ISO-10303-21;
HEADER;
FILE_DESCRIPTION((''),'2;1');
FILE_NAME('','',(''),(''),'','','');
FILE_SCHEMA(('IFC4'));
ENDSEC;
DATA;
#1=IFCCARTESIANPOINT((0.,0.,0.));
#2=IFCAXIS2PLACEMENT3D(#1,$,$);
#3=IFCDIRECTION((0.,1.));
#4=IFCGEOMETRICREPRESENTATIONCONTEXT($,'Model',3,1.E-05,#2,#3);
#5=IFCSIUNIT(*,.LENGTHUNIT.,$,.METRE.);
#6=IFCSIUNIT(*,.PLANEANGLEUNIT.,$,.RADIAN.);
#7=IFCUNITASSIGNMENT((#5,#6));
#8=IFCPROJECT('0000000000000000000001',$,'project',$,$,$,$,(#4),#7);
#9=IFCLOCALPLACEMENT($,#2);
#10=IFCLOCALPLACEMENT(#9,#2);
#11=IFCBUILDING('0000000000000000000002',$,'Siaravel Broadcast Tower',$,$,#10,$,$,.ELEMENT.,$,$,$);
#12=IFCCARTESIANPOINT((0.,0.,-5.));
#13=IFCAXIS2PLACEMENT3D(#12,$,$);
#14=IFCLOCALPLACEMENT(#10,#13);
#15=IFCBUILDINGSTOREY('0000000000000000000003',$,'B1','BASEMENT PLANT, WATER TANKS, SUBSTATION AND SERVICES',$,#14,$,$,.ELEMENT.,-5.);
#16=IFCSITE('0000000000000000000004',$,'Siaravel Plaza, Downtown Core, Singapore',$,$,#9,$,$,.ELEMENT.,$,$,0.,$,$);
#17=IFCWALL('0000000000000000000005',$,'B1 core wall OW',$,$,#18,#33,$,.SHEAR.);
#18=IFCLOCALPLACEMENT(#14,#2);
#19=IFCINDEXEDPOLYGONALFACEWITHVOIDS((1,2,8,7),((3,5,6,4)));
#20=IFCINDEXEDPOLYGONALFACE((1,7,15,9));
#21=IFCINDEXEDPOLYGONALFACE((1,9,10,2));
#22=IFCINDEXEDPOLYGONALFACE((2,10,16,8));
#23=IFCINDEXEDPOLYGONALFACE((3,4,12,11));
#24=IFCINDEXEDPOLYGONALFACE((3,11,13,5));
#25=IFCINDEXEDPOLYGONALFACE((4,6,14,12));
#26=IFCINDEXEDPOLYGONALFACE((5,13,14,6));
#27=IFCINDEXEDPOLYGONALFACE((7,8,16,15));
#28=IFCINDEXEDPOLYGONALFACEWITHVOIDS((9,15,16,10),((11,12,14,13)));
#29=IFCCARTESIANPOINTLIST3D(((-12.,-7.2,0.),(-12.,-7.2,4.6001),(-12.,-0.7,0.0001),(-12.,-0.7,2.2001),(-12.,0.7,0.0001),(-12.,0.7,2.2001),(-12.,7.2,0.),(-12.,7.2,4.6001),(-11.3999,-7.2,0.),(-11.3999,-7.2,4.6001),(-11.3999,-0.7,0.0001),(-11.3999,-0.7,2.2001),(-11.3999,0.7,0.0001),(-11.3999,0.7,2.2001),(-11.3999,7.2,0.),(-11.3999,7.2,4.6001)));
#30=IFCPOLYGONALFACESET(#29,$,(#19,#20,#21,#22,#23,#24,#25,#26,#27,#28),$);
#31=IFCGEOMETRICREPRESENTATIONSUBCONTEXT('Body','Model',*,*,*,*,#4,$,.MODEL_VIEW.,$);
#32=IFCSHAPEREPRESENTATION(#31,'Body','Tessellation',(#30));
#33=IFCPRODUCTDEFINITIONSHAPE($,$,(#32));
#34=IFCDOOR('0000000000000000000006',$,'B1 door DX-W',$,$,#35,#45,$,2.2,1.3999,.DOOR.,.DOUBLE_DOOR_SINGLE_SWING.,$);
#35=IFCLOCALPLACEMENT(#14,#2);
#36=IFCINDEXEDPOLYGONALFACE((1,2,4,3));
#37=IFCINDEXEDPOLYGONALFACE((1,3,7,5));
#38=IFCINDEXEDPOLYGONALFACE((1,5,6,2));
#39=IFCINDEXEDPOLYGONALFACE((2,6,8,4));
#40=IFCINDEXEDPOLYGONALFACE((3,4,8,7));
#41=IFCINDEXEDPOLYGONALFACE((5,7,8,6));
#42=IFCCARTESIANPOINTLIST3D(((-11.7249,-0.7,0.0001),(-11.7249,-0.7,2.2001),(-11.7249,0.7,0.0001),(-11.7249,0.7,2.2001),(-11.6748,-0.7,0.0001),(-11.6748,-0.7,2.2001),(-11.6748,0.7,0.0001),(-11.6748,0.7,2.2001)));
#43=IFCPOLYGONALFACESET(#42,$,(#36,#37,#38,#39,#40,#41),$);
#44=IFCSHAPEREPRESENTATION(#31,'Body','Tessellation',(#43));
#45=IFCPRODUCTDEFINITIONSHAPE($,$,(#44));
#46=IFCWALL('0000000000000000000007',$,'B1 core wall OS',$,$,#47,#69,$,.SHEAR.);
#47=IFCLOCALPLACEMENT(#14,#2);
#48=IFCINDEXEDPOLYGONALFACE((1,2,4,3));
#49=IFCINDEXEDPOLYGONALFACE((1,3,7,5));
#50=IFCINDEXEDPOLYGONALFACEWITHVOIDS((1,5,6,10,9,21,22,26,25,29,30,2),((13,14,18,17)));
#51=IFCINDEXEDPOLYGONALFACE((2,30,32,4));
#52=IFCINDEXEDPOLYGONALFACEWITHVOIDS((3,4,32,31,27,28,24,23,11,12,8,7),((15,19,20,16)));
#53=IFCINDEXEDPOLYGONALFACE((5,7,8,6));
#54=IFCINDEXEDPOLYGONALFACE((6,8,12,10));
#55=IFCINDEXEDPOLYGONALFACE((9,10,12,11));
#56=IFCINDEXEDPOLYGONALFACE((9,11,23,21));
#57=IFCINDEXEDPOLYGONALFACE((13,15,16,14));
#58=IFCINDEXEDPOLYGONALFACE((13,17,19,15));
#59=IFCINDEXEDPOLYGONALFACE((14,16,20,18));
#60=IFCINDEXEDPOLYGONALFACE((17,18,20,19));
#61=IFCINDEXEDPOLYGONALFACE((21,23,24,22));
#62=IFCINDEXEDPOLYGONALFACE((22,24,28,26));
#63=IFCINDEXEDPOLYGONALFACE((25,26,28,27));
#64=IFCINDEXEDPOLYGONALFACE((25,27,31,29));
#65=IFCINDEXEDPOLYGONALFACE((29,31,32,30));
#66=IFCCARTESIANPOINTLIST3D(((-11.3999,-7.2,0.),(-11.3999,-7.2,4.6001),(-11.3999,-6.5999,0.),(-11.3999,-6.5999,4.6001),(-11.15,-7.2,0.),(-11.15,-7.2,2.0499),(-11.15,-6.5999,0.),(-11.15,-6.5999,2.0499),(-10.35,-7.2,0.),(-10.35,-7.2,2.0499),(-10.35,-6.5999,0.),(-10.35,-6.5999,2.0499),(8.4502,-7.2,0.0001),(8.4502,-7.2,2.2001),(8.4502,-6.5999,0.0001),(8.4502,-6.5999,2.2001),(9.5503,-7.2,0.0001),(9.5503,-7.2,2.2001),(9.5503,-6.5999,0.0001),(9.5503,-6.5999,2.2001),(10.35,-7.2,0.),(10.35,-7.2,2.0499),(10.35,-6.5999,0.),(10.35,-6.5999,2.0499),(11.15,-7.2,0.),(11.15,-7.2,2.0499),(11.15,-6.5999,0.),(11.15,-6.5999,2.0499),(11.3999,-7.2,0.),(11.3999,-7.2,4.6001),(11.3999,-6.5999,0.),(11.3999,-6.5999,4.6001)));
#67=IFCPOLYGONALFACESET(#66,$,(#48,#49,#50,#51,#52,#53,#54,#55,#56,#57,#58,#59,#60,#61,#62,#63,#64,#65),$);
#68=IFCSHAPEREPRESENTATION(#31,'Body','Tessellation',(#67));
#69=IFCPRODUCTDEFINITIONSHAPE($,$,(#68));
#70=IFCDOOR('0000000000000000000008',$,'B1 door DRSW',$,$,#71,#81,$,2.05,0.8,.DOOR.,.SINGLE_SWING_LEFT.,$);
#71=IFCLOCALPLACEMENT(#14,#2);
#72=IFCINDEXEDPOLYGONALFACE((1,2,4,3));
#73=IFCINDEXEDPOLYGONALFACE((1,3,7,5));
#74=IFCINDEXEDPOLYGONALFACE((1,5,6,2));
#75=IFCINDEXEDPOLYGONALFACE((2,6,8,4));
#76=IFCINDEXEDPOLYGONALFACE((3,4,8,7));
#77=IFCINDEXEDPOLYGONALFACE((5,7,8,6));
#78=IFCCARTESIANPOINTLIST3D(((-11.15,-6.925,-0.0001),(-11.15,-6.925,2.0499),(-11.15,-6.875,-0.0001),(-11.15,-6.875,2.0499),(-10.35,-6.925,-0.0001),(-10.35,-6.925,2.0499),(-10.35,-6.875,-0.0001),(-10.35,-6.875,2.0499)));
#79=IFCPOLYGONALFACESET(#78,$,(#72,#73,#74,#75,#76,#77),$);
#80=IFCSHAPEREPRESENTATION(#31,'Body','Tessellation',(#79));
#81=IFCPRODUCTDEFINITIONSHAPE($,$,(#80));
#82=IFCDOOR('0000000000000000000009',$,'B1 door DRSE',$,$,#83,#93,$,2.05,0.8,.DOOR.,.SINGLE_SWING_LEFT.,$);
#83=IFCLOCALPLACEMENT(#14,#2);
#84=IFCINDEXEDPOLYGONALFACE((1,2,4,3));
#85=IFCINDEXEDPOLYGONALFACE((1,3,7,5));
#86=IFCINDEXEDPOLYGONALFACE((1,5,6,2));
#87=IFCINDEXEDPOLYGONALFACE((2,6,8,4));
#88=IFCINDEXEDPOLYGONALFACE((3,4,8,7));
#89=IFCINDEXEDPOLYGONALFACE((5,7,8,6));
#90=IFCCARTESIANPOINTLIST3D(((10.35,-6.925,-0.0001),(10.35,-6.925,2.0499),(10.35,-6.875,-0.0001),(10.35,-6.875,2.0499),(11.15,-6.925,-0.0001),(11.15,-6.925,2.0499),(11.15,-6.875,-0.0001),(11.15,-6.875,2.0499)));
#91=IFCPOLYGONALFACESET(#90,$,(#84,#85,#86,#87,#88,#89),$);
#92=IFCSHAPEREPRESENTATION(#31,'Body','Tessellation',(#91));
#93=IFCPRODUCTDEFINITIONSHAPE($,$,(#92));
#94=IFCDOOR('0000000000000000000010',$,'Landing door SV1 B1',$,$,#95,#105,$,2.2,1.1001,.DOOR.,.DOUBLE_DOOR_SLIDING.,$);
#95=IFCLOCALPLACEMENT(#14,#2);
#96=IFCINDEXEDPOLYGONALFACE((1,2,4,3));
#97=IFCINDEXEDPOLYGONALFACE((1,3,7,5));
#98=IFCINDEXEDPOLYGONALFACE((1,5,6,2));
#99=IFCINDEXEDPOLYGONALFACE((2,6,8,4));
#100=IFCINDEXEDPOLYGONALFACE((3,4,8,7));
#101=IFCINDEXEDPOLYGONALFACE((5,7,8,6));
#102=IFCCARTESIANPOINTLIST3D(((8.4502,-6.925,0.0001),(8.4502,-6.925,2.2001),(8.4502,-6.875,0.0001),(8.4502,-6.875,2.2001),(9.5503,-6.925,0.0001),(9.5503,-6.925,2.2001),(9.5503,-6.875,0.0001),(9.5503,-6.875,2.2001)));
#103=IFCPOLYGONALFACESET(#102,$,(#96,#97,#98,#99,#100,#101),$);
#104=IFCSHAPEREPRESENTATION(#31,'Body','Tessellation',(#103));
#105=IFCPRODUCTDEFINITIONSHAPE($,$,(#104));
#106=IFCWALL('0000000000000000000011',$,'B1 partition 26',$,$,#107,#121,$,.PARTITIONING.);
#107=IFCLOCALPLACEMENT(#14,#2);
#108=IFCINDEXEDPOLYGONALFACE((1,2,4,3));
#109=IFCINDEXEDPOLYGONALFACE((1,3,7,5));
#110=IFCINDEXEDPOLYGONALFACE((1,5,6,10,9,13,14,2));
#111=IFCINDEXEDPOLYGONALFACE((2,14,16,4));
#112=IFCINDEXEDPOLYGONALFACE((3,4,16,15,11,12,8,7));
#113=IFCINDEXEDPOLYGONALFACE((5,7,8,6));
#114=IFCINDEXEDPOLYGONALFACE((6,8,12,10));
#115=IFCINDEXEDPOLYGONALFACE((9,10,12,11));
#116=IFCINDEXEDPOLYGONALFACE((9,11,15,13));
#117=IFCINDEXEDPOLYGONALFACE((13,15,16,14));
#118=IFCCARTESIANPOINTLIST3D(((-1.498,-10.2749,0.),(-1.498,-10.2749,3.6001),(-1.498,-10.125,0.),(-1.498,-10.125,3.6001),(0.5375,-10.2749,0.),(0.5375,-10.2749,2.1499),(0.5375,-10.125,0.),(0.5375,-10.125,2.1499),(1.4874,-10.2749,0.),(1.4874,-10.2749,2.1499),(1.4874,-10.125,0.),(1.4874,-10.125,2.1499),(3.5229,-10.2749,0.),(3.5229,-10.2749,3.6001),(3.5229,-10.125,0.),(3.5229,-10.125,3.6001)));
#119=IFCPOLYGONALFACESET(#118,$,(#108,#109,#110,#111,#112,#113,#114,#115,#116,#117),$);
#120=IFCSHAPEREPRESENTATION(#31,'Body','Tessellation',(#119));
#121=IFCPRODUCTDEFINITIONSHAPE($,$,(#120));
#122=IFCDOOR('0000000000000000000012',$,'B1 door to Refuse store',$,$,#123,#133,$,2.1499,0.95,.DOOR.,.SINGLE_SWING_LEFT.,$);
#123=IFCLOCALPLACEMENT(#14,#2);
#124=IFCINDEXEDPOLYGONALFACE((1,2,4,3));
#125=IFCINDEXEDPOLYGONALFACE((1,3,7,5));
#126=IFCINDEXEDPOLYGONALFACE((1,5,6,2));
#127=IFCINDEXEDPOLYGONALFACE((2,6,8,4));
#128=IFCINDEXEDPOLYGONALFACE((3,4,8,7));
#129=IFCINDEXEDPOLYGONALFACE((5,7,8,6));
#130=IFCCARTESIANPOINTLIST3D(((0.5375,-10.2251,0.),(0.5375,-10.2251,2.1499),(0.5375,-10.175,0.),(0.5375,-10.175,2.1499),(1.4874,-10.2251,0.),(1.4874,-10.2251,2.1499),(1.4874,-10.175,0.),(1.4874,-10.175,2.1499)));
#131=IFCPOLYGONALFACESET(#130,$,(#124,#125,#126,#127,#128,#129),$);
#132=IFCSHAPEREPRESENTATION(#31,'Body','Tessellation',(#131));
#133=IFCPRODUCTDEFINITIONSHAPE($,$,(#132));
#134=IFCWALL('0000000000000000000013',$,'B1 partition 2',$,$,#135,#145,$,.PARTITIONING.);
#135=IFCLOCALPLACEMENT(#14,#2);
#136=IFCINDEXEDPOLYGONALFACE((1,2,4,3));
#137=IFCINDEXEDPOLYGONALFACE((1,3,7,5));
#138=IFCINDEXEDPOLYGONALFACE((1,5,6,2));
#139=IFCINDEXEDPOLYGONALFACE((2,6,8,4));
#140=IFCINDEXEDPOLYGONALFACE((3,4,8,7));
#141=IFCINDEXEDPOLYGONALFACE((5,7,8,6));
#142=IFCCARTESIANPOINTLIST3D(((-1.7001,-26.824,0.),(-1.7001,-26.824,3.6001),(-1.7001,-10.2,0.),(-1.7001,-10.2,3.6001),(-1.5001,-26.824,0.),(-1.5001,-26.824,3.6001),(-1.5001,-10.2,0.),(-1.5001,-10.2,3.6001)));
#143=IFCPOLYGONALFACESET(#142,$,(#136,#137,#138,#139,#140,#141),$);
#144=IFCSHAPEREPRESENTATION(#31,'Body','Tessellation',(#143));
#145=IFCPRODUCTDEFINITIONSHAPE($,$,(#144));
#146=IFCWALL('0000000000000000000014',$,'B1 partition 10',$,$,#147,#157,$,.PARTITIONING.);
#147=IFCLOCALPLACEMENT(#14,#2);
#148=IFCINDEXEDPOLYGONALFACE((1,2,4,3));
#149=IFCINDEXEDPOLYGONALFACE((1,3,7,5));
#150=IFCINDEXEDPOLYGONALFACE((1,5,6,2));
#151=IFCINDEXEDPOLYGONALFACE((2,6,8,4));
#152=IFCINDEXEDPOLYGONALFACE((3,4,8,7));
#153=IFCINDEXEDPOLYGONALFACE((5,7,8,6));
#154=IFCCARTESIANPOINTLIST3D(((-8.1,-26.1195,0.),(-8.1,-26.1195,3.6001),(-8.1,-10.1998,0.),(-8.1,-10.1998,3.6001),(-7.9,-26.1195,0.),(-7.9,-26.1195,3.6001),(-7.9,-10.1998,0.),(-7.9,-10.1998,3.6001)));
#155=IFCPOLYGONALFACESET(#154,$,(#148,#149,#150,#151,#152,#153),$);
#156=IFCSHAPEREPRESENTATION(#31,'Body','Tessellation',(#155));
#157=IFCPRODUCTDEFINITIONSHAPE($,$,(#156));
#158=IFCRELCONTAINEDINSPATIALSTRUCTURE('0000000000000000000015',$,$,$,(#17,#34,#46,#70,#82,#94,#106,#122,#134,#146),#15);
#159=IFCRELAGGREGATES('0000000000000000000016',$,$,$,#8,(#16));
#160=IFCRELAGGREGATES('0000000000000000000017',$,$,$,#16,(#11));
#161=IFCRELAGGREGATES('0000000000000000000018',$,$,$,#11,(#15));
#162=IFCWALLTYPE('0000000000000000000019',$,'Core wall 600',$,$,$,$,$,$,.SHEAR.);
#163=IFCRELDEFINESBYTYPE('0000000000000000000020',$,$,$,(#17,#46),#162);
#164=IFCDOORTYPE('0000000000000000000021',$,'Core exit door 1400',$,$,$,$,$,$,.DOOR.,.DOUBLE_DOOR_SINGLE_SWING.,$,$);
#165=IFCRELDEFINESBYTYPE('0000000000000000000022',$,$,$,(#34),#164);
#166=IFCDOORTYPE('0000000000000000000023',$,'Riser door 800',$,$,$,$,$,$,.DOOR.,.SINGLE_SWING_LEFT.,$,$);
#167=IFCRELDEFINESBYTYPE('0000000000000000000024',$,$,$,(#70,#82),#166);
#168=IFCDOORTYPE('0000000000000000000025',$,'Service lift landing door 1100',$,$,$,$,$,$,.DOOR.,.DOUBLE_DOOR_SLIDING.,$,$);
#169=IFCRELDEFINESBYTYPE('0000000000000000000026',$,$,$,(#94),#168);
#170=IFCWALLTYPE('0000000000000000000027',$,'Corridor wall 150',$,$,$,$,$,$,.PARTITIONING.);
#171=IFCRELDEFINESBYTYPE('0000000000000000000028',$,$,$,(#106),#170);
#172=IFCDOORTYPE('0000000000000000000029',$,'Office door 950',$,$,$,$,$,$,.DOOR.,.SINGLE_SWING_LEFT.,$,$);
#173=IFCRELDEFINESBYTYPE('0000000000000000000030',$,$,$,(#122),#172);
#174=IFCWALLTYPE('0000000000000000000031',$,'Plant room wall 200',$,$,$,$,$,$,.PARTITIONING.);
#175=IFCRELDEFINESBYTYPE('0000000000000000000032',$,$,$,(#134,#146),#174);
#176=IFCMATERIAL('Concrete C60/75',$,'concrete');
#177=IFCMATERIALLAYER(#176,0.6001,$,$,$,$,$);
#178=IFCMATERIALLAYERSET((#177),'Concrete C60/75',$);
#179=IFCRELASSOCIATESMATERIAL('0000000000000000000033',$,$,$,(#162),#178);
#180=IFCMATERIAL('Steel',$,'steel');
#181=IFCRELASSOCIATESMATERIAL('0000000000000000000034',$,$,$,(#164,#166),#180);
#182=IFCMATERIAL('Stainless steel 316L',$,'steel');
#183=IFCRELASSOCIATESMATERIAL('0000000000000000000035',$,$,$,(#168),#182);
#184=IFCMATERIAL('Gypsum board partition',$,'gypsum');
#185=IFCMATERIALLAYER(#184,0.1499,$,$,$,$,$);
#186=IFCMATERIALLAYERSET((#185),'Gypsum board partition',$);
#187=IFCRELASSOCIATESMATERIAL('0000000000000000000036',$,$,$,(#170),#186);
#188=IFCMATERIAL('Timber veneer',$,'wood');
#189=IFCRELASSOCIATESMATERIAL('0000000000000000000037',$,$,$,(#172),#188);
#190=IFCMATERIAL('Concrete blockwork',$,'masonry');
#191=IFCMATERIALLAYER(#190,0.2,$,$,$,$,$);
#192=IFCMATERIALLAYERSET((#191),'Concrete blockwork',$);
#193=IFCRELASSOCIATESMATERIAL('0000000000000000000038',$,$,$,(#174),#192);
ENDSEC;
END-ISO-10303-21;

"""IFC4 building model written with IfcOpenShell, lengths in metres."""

from ifc_helpers import new_model, si_unit, direction, frame, frame_2d, origin, place, context, subcontext, project, spatial, rectangle, extrude, material, layer, layer_set, type_object, element, fill, save


model = new_model("IFC4")

# Units and contexts
model_context = context("Model", 3, precision=1e-05, world=origin(), true_north=direction((0.0, 1.0)))
body_context = subcontext(model_context, "Body", "Model", "MODEL_VIEW")
ifc_project = project(units=[si_unit("LENGTHUNIT", "METRE"), si_unit("PLANEANGLEUNIT", "RADIAN")], contexts=[model_context])

# Site, building, storey
site_placement = place(None, origin())
site = spatial("IfcSite", under=ifc_project, at=site_placement, Name="Siaravel Plaza, Downtown Core, Singapore", CompositionType="ELEMENT", RefElevation=0.0)
building_placement = place(site_placement, origin())
building = spatial("IfcBuilding", under=site, at=building_placement, Name="Siaravel Broadcast Tower", CompositionType="ELEMENT")
storey_placement = place(building_placement, frame((0.0, 0.0, -5.0)))
storey = spatial("IfcBuildingStorey", under=building, at=storey_placement, Name="B1", Description="BASEMENT PLANT, WATER TANKS, SUBSTATION AND SERVICES", CompositionType="ELEMENT", Elevation=-5.0)

# Wall, opening, door
ifc_material_1 = material(Name="Concrete C60/75", Category="concrete")
ifc_layer_1 = layer(ifc_material_1, 0.6001)
ifc_layer_set_1 = layer_set([ifc_layer_1], Name="Concrete C60/75")
wall_type_1 = type_object("IfcWallType", Name="Core wall 600", PredefinedType="SHEAR", material=ifc_layer_set_1)
wall_1_placement = place(storey_placement, frame((-11.7, -7.2, 0.0), z_axis=(0.0, 0.0, 1.0), x_axis=(0.0, 1.0, 0.0)))
wall_1 = element("IfcWall", 1, at=wall_1_placement, inside=storey, type_object=wall_type_1, Name="B1 core wall OW", PredefinedType="SHEAR", context=body_context, shape_type="SweptSolid", body=[
    extrude(rectangle(XDim=14.3999, YDim=0.6001, at=frame_2d((7.2, 0.0))), origin(), (0.0, 0.0, 1.0), 4.6001),
])
opening_1_placement = place(wall_1_placement, frame((6.5, 0.0, 0.0)))
opening_1 = element("IfcOpeningElement", 2, at=opening_1_placement, cuts=wall_1, PredefinedType="OPENING", context=body_context, shape_type="SweptSolid", body=[
    extrude(rectangle(XDim=1.3999, YDim=2.2, at=frame_2d((0.7, 1.1001))), frame((0.0, 0.3101, 0.0), z_axis=(0.0, -1.0, 0.0), x_axis=(1.0, 0.0, 0.0)), (0.0, 0.0, 1.0), 0.6201),
])
ifc_material_2 = material(Name="Steel", Category="steel")
door_type_1 = type_object("IfcDoorType", Name="Core exit door 1400", OperationType="DOUBLE_DOOR_SINGLE_SWING", PredefinedType="DOOR", material=ifc_material_2)
door_1_placement = place(opening_1_placement, origin())
door_1 = element("IfcDoor", 3, at=door_1_placement, inside=storey, type_object=door_type_1, Name="B1 door DX-W", OperationType="DOUBLE_DOOR_SINGLE_SWING", OverallHeight=2.2, OverallWidth=1.3999, PredefinedType="DOOR", context=body_context, shape_type="SweptSolid", body=[
    extrude(rectangle(XDim=1.3999, YDim=2.2, at=frame_2d((0.7, 1.1001))), frame((0.0, 0.0249, 0.0), z_axis=(0.0, -1.0, 0.0), x_axis=(1.0, 0.0, 0.0)), (0.0, 0.0, 1.0), 0.05),
])
fill(opening_1, door_1)

# Wall, openings, doors
wall_2_placement = place(storey_placement, frame((-11.3999, -6.8999, 0.0), z_axis=(0.0, 0.0, 1.0), x_axis=(1.0, 0.0, 0.0)))
wall_2 = element("IfcWall", 4, at=wall_2_placement, inside=storey, type_object=wall_type_1, Name="B1 core wall OS", PredefinedType="SHEAR", context=body_context, shape_type="SweptSolid", body=[
    extrude(rectangle(XDim=22.7998, YDim=0.6001, at=frame_2d((11.3999, 0.0))), origin(), (0.0, 0.0, 1.0), 4.6001),
])
opening_2_placement = place(wall_2_placement, frame((19.8501, 0.0, 0.0)))
opening_2 = element("IfcOpeningElement", 5, at=opening_2_placement, cuts=wall_2, PredefinedType="OPENING", context=body_context, shape_type="SweptSolid", body=[
    extrude(rectangle(XDim=1.1001, YDim=2.2, at=frame_2d((0.55, 1.1001))), frame((0.0, 0.3101, 0.0), z_axis=(0.0, -1.0, 0.0), x_axis=(1.0, 0.0, 0.0)), (0.0, 0.0, 1.0), 0.6201),
])
opening_3_placement = place(wall_2_placement, frame((0.25, 0.0, 0.0)))
opening_3 = element("IfcOpeningElement", 6, at=opening_3_placement, cuts=wall_2, PredefinedType="OPENING", context=body_context, shape_type="SweptSolid", body=[
    extrude(rectangle(XDim=0.8, YDim=2.05, at=frame_2d((0.3999, 1.0249))), frame((0.0, 0.3101, 0.0), z_axis=(0.0, -1.0, 0.0), x_axis=(1.0, 0.0, 0.0)), (0.0, 0.0, 1.0), 0.6201),
])
opening_4_placement = place(wall_2_placement, frame((21.75, 0.0, 0.0)))
opening_4 = element("IfcOpeningElement", 7, at=opening_4_placement, cuts=wall_2, PredefinedType="OPENING", context=body_context, shape_type="SweptSolid", body=[
    extrude(rectangle(XDim=0.8, YDim=2.05, at=frame_2d((0.3999, 1.0249))), frame((0.0, 0.3101, 0.0), z_axis=(0.0, -1.0, 0.0), x_axis=(1.0, 0.0, 0.0)), (0.0, 0.0, 1.0), 0.6201),
])
door_type_2 = type_object("IfcDoorType", Name="Riser door 800", OperationType="SINGLE_SWING_LEFT", PredefinedType="DOOR", material=ifc_material_2)
door_2_placement = place(opening_3_placement, origin())
door_2 = element("IfcDoor", 8, at=door_2_placement, inside=storey, type_object=door_type_2, Name="B1 door DRSW", OperationType="SINGLE_SWING_LEFT", OverallHeight=2.05, OverallWidth=0.8, PredefinedType="DOOR", context=body_context, shape_type="SweptSolid", body=[
    extrude(rectangle(XDim=0.8, YDim=2.05, at=frame_2d((0.3999, 1.0249))), frame((0.0, 0.0249, 0.0), z_axis=(0.0, -1.0, 0.0), x_axis=(1.0, 0.0, 0.0)), (0.0, 0.0, 1.0), 0.05),
])
fill(opening_3, door_2)
door_3_placement = place(opening_4_placement, origin())
door_3 = element("IfcDoor", 9, at=door_3_placement, inside=storey, type_object=door_type_2, Name="B1 door DRSE", OperationType="SINGLE_SWING_LEFT", OverallHeight=2.05, OverallWidth=0.8, PredefinedType="DOOR", context=body_context, shape_type="SweptSolid", body=[
    extrude(rectangle(XDim=0.8, YDim=2.05, at=frame_2d((0.3999, 1.0249))), frame((0.0, 0.0249, 0.0), z_axis=(0.0, -1.0, 0.0), x_axis=(1.0, 0.0, 0.0)), (0.0, 0.0, 1.0), 0.05),
])
fill(opening_4, door_3)
ifc_material_3 = material(Name="Stainless steel 316L", Category="steel")
door_type_3 = type_object("IfcDoorType", Name="Service lift landing door 1100", OperationType="DOUBLE_DOOR_SLIDING", PredefinedType="DOOR", material=ifc_material_3)
door_4_placement = place(opening_2_placement, origin())
door_4 = element("IfcDoor", 10, at=door_4_placement, inside=storey, type_object=door_type_3, Name="Landing door SV1 B1", OperationType="DOUBLE_DOOR_SLIDING", OverallHeight=2.2, OverallWidth=1.1001, PredefinedType="DOOR", context=body_context, shape_type="SweptSolid", body=[
    extrude(rectangle(XDim=1.1001, YDim=2.2, at=frame_2d((0.55, 1.1001))), frame((0.0, 0.0249, 0.0), z_axis=(0.0, -1.0, 0.0), x_axis=(1.0, 0.0, 0.0)), (0.0, 0.0, 1.0), 0.05),
])
fill(opening_2, door_4)

# Wall, opening, door
ifc_material_4 = material(Name="Gypsum board partition", Category="gypsum")
ifc_layer_2 = layer(ifc_material_4, 0.1499)
ifc_layer_set_2 = layer_set([ifc_layer_2], Name="Gypsum board partition")
wall_type_2 = type_object("IfcWallType", Name="Corridor wall 150", PredefinedType="PARTITIONING", material=ifc_layer_set_2)
wall_3_placement = place(storey_placement, frame((-1.498, -10.2, 0.0), z_axis=(0.0, 0.0, 1.0), x_axis=(1.0, 0.0, 0.0)))
wall_3 = element("IfcWall", 11, at=wall_3_placement, inside=storey, type_object=wall_type_2, Name="B1 partition 26", PredefinedType="PARTITIONING", context=body_context, shape_type="SweptSolid", body=[
    extrude(rectangle(XDim=5.021, YDim=0.1499, at=frame_2d((2.5105, 0.0))), origin(), (0.0, 0.0, 1.0), 3.6001),
])
opening_5_placement = place(wall_3_placement, frame((2.0354, 0.0, 0.0)))
opening_5 = element("IfcOpeningElement", 12, at=opening_5_placement, cuts=wall_3, PredefinedType="OPENING", context=body_context, shape_type="SweptSolid", body=[
    extrude(rectangle(XDim=0.95, YDim=2.1499, at=frame_2d((0.4751, 1.075))), frame((0.0, 0.085, 0.0), z_axis=(0.0, -1.0, 0.0), x_axis=(1.0, 0.0, 0.0)), (0.0, 0.0, 1.0), 0.1699),
])
ifc_material_5 = material(Name="Timber veneer", Category="wood")
door_type_4 = type_object("IfcDoorType", Name="Office door 950", OperationType="SINGLE_SWING_LEFT", PredefinedType="DOOR", material=ifc_material_5)
door_5_placement = place(opening_5_placement, origin())
door_5 = element("IfcDoor", 13, at=door_5_placement, inside=storey, type_object=door_type_4, Name="B1 door to Refuse store", OperationType="SINGLE_SWING_LEFT", OverallHeight=2.1499, OverallWidth=0.95, PredefinedType="DOOR", context=body_context, shape_type="SweptSolid", body=[
    extrude(rectangle(XDim=0.95, YDim=2.1499, at=frame_2d((0.4751, 1.075))), frame((0.0, 0.0249, 0.0), z_axis=(0.0, -1.0, 0.0), x_axis=(1.0, 0.0, 0.0)), (0.0, 0.0, 1.0), 0.05),
])
fill(opening_5, door_5)

# Walls
ifc_material_6 = material(Name="Concrete blockwork", Category="masonry")
ifc_layer_3 = layer(ifc_material_6, 0.2)
ifc_layer_set_3 = layer_set([ifc_layer_3], Name="Concrete blockwork")
wall_type_3 = type_object("IfcWallType", Name="Plant room wall 200", PredefinedType="PARTITIONING", material=ifc_layer_set_3)
wall_4_placement = place(storey_placement, frame((-1.6001, -26.824, 0.0), z_axis=(0.0, 0.0, 1.0), x_axis=(0.0, 1.0, 0.0)))
element("IfcWall", 14, at=wall_4_placement, inside=storey, type_object=wall_type_3, Name="B1 partition 2", PredefinedType="PARTITIONING", context=body_context, shape_type="SweptSolid", body=[
    extrude(rectangle(XDim=16.624, YDim=0.2, at=frame_2d((8.312, 0.0))), origin(), (0.0, 0.0, 1.0), 3.6001),
])
wall_5_placement = place(storey_placement, frame((-8.0, -26.1196, 0.0), z_axis=(0.0, 0.0, 1.0), x_axis=(0.0, 1.0, 0.0)))
element("IfcWall", 15, at=wall_5_placement, inside=storey, type_object=wall_type_3, Name="B1 partition 10", PredefinedType="PARTITIONING", context=body_context, shape_type="SweptSolid", body=[
    extrude(rectangle(XDim=15.9197, YDim=0.2, at=frame_2d((7.96, 0.0))), origin(), (0.0, 0.0, 1.0), 3.6001),
])

save(model, "model.ifc")
